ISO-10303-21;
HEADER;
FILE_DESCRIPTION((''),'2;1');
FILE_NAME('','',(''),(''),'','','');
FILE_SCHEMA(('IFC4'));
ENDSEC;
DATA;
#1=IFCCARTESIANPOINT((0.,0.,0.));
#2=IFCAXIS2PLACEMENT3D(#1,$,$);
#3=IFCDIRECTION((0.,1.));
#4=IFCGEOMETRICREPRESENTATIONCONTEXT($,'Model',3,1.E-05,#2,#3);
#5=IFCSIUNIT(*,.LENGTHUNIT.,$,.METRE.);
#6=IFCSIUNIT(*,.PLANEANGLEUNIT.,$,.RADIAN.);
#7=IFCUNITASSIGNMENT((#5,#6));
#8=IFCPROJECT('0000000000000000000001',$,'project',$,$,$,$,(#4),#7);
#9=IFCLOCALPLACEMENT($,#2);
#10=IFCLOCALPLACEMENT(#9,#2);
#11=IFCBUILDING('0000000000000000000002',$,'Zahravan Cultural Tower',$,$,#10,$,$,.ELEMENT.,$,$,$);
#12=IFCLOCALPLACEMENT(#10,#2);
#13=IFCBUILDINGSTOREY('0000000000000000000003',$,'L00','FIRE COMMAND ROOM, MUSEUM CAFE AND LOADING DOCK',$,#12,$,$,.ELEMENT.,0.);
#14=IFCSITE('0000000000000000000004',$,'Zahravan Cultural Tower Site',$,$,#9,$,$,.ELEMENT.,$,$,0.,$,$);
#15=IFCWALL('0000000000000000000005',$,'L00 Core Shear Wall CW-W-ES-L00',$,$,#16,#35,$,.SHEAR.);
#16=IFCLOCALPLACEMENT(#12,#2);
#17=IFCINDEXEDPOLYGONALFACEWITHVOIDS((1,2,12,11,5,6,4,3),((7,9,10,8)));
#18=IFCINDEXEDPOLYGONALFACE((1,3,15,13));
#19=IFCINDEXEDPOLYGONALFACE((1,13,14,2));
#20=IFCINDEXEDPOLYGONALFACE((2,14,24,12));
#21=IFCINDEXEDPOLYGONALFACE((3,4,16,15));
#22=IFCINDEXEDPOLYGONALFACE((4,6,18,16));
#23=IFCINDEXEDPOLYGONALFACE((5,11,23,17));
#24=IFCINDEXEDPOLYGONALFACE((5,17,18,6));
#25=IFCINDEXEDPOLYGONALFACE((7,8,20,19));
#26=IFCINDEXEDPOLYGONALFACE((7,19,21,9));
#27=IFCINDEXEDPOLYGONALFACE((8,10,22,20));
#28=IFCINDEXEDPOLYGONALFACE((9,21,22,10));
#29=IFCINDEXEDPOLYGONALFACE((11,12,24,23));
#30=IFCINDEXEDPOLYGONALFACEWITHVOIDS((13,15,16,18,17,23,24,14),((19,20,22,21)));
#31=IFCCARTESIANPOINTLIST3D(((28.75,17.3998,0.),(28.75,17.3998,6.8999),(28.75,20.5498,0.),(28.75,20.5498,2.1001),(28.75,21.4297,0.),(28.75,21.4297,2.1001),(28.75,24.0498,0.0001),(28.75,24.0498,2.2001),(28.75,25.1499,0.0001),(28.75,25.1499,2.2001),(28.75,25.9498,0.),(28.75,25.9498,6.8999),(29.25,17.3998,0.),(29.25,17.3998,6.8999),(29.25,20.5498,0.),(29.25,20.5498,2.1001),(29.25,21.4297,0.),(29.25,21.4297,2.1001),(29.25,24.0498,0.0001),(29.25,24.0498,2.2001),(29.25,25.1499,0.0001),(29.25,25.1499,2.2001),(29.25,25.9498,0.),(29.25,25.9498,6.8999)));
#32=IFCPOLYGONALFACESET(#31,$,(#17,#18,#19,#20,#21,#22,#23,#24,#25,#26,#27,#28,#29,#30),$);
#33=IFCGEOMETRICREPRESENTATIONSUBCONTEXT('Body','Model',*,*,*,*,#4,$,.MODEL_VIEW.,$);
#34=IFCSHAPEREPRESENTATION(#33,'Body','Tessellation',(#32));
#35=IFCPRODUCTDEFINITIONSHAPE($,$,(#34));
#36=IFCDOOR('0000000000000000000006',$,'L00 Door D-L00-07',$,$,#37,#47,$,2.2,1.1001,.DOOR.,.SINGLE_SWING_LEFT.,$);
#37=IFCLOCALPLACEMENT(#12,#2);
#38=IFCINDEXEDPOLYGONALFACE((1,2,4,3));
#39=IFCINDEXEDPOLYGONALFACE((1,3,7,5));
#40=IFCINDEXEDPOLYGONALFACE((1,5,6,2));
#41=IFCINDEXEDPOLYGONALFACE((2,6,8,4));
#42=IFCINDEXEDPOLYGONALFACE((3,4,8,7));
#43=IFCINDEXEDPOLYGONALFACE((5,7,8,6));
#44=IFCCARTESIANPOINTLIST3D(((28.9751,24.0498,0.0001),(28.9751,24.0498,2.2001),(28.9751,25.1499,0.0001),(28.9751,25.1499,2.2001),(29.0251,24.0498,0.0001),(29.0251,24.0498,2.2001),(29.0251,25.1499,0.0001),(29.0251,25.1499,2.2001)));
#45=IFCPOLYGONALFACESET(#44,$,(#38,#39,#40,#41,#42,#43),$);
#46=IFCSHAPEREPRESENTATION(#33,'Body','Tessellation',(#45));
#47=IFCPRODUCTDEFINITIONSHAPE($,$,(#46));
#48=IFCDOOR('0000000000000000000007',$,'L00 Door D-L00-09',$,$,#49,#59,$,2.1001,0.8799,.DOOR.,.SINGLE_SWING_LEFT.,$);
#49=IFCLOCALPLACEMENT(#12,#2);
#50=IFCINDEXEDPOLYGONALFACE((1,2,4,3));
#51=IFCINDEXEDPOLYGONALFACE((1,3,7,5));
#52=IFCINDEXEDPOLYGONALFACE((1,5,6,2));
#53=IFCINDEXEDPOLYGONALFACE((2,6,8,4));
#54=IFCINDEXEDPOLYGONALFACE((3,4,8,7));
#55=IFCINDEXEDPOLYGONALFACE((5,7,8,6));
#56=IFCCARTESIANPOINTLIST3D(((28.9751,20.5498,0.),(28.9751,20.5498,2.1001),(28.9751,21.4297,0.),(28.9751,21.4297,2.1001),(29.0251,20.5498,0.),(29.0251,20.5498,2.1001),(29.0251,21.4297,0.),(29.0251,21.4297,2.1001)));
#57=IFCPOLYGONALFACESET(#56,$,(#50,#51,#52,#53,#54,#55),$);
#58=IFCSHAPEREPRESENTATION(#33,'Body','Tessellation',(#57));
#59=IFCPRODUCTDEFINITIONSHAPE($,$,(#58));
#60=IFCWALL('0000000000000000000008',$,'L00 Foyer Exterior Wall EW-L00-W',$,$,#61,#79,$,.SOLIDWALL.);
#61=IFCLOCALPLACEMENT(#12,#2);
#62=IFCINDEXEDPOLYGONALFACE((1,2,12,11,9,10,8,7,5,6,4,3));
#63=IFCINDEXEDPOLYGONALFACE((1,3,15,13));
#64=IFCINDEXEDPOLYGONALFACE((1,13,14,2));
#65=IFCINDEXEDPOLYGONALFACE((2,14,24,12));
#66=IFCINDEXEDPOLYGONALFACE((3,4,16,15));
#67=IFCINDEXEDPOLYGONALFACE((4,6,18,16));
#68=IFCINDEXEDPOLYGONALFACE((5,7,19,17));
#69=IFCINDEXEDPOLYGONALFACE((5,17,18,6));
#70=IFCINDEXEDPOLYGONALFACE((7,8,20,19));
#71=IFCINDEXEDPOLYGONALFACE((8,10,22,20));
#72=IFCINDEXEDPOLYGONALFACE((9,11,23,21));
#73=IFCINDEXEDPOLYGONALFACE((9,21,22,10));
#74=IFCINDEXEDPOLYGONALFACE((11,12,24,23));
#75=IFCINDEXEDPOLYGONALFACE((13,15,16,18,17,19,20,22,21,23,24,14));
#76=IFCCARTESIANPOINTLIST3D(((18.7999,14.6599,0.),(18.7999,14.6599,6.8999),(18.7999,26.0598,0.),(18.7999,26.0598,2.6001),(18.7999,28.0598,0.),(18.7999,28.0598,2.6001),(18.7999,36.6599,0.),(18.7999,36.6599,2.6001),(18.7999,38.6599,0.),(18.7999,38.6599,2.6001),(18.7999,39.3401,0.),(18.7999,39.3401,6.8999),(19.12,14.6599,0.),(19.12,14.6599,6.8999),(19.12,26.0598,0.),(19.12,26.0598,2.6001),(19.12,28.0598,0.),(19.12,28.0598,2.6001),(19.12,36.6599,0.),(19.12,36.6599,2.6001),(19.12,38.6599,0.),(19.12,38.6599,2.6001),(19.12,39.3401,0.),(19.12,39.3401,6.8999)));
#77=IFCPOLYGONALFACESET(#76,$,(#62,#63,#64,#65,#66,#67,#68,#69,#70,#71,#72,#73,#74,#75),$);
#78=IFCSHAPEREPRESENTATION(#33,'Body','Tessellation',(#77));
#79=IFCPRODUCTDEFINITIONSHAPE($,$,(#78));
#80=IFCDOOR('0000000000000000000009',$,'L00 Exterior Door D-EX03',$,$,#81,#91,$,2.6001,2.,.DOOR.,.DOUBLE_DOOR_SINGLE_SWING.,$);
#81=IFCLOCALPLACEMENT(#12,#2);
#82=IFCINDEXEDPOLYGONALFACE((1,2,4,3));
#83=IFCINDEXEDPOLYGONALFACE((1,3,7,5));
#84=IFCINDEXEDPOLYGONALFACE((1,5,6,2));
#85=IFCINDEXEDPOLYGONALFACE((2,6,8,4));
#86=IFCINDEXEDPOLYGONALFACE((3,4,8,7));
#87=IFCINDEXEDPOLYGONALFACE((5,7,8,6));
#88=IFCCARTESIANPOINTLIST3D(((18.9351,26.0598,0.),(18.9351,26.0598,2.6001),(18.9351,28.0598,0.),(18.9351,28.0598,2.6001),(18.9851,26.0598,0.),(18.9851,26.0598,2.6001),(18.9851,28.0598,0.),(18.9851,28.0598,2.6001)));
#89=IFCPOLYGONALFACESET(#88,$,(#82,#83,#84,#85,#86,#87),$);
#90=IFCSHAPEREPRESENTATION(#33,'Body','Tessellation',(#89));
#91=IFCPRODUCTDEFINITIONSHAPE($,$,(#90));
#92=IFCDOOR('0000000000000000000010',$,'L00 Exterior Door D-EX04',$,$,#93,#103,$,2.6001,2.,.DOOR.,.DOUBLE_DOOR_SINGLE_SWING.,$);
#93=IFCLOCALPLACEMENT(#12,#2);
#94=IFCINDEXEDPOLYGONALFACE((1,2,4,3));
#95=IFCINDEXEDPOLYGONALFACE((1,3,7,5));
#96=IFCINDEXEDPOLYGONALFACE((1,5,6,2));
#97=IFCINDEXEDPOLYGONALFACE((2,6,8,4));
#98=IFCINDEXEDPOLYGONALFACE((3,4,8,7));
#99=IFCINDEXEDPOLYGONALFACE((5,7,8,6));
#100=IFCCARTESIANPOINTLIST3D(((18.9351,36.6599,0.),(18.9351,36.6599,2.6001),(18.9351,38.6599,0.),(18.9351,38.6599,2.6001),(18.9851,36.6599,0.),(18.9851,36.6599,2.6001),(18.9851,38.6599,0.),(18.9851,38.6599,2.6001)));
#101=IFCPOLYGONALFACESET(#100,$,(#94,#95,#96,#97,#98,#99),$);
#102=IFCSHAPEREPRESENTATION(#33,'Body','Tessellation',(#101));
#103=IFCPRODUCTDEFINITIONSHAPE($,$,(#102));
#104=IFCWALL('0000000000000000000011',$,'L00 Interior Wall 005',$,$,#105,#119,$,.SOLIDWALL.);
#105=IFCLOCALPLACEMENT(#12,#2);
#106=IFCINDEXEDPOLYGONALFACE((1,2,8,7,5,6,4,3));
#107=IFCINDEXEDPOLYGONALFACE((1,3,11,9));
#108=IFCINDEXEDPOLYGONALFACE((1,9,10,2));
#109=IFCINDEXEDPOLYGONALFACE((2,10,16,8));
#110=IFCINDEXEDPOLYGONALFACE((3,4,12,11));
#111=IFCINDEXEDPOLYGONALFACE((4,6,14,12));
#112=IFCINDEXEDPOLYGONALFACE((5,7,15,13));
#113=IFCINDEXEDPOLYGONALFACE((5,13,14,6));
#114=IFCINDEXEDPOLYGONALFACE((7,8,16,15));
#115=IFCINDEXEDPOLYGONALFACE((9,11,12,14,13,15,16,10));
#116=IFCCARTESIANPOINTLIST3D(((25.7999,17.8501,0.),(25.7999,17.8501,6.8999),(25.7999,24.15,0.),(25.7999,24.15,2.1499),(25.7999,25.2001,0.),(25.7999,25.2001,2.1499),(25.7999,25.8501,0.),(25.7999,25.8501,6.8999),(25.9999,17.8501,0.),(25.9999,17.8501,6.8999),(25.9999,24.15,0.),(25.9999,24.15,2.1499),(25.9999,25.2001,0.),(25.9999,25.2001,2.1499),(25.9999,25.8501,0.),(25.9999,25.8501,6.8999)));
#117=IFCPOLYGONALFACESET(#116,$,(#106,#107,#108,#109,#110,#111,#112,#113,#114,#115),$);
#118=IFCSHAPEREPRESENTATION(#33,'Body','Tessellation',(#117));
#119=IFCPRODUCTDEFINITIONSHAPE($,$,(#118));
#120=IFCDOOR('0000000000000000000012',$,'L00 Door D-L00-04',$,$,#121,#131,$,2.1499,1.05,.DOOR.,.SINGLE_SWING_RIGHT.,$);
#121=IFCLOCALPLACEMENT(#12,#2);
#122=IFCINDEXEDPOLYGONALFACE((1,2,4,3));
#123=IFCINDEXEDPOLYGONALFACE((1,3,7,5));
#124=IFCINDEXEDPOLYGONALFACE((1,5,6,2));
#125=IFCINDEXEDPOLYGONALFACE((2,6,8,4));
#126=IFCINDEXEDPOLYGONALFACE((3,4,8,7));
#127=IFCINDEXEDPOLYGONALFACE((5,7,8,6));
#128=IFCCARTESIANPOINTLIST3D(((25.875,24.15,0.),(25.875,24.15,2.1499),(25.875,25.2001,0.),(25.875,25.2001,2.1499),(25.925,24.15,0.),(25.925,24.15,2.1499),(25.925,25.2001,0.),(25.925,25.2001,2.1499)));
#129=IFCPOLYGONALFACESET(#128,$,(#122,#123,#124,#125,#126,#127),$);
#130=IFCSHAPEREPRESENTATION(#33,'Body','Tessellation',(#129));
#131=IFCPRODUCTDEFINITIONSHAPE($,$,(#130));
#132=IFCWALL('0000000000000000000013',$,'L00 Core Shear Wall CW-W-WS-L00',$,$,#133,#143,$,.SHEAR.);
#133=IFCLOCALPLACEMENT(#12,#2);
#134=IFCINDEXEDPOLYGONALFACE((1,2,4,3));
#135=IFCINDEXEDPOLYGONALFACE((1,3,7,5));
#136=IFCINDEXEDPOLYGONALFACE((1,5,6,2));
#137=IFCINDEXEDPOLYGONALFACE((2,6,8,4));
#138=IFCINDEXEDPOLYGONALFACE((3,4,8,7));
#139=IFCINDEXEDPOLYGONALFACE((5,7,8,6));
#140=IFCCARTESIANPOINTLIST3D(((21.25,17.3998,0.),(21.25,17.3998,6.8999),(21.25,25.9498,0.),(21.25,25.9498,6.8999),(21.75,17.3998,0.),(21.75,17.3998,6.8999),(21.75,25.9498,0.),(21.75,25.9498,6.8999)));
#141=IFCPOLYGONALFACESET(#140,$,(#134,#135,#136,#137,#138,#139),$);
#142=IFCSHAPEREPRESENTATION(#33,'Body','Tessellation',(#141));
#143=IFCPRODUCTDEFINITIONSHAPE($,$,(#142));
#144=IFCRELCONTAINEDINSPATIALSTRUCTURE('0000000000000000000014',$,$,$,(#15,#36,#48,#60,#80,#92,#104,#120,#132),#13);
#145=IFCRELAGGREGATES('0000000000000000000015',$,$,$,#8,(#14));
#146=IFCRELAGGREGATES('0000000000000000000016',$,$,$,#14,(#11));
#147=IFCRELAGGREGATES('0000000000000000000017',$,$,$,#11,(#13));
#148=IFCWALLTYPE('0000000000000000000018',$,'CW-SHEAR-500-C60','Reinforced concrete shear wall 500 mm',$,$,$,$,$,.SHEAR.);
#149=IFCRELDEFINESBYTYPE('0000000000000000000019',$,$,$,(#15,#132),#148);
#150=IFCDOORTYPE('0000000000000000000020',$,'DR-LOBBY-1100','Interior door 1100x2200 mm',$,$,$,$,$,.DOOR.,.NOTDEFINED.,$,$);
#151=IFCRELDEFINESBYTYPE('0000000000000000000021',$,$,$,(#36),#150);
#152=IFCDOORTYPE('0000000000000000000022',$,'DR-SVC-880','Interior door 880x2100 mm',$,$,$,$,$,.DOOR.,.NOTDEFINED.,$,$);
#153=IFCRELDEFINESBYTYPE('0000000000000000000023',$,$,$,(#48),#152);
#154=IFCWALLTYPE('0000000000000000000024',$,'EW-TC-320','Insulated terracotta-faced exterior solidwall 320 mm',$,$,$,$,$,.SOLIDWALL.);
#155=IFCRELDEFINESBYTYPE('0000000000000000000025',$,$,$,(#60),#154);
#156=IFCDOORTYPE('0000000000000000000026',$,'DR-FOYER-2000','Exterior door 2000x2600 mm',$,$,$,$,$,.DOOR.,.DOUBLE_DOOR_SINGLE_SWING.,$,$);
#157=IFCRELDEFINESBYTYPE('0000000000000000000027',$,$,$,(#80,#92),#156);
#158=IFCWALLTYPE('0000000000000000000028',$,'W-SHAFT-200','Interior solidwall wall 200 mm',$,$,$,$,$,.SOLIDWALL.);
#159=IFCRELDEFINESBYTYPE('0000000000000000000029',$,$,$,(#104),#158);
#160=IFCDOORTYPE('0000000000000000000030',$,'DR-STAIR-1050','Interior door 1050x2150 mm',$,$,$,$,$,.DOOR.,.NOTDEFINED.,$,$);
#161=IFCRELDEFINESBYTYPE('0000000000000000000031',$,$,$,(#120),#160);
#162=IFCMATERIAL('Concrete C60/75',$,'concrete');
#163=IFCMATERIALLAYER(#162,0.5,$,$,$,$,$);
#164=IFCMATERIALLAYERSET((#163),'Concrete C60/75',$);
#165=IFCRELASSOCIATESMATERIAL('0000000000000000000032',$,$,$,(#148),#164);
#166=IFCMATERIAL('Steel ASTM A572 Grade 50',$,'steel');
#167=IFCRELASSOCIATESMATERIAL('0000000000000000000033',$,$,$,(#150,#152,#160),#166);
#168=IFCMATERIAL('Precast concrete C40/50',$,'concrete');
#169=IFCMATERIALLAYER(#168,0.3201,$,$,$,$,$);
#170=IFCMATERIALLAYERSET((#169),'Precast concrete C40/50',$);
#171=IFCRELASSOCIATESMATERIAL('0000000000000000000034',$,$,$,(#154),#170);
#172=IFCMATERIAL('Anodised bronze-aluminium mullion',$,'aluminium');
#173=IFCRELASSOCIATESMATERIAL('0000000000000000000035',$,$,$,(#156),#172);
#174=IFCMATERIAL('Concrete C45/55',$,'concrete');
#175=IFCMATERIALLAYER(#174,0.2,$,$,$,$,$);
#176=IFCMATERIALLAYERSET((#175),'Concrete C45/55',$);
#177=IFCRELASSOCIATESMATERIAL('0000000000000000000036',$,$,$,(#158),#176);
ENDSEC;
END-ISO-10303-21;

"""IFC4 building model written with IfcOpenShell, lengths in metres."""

from ifc_helpers import new_model, si_unit, direction, frame, frame_2d, origin, place, context, subcontext, project, spatial, rectangle, extrude, source, transform, mapped, material, layer, layer_set, type_object, element, fill, save


model = new_model("IFC4")

# Units and contexts
model_context = context("Model", 3, precision=1e-05, world=origin(), true_north=direction((0.0, 1.0)))
body_context = subcontext(model_context, "Body", "Model", "MODEL_VIEW")
ifc_project = project(units=[si_unit("LENGTHUNIT", "METRE"), si_unit("PLANEANGLEUNIT", "RADIAN")], contexts=[model_context])

# Site, building, storey
site_placement = place(None, origin())
site = spatial("IfcSite", under=ifc_project, at=site_placement, Name="Zahravan Cultural Tower Site", CompositionType="ELEMENT", RefElevation=0.0)
building_placement = place(site_placement, origin())
building = spatial("IfcBuilding", under=site, at=building_placement, Name="Zahravan Cultural Tower", CompositionType="ELEMENT")
storey_placement = place(building_placement, origin())
storey = spatial("IfcBuildingStorey", under=building, at=storey_placement, Name="L00", Description="FIRE COMMAND ROOM, MUSEUM CAFE AND LOADING DOCK", CompositionType="ELEMENT", Elevation=0.0)

# Shared definitions
ifc_material_1 = material(Name="Concrete C60/75", Category="concrete")
ifc_material_2 = material(Name="Steel ASTM A572 Grade 50", Category="steel")

# Walls, openings, doors
ifc_layer_1 = layer(ifc_material_1, 0.5)
ifc_layer_set_1 = layer_set([ifc_layer_1], Name="Concrete C60/75")
wall_type_1 = type_object("IfcWallType", Name="CW-SHEAR-500-C60", Description="Reinforced concrete shear wall 500 mm", PredefinedType="SHEAR", material=ifc_layer_set_1)
wall_1_placement = place(storey_placement, frame((29.0, 17.3999, 0.0), z_axis=(0.0, 0.0, 1.0), x_axis=(0.0, 1.0, 0.0)))
wall_1 = element("IfcWall", 1, at=wall_1_placement, inside=storey, type_object=wall_type_1, Name="L00 Core Shear Wall CW-W-ES-L00", PredefinedType="SHEAR", context=body_context, shape_type="SweptSolid", body=[
    extrude(rectangle(XDim=8.55, YDim=0.5, at=frame_2d((4.2749, 0.0))), origin(), (0.0, 0.0, 1.0), 6.8999),
])
opening_1_placement = place(wall_1_placement, frame((6.6499, 0.0, 0.0)))
opening_1 = element("IfcOpeningElement", 2, at=opening_1_placement, cuts=wall_1, PredefinedType="OPENING", context=body_context, shape_type="SweptSolid", body=[
    extrude(rectangle(XDim=1.1001, YDim=2.2, at=frame_2d((0.55, 1.1001))), frame((0.0, 0.26, 0.0), z_axis=(0.0, -1.0, 0.0), x_axis=(1.0, 0.0, 0.0)), (0.0, 0.0, 1.0), 0.52),
])
opening_2_placement = place(wall_1_placement, frame((3.1499, 0.0, 0.0)))
opening_2 = element("IfcOpeningElement", 3, at=opening_2_placement, cuts=wall_1, PredefinedType="OPENING", context=body_context, shape_type="SweptSolid", body=[
    extrude(rectangle(XDim=0.8799, YDim=2.1001, at=frame_2d((0.4399, 1.05))), frame((0.0, 0.26, 0.0), z_axis=(0.0, -1.0, 0.0), x_axis=(1.0, 0.0, 0.0)), (0.0, 0.0, 1.0), 0.52),
])
door_type_1 = type_object("IfcDoorType", Name="DR-LOBBY-1100", Description="Interior door 1100x2200 mm", OperationType="NOTDEFINED", PredefinedType="DOOR", material=ifc_material_2)
shared_shape_1 = source(origin(), body_context, "Body", "SweptSolid", [
    extrude(rectangle(XDim=1.1001, YDim=2.2, at=frame_2d((0.55, 1.1001))), frame((0.0, 0.0249, 0.0), z_axis=(0.0, -1.0, 0.0), x_axis=(1.0, 0.0, 0.0)), (0.0, 0.0, 1.0), 0.05),
])
door_1_placement = place(opening_1_placement, origin())
door_1 = element("IfcDoor", 4, at=door_1_placement, inside=storey, type_object=door_type_1, Name="L00 Door D-L00-07", OperationType="SINGLE_SWING_LEFT", OverallHeight=2.2, OverallWidth=1.1001, PredefinedType="DOOR", context=body_context, shape_type="MappedRepresentation", body=[
    mapped(shared_shape_1, transform((0.0, 0.0, 0.0), x_axis=(1.0, 0.0, 0.0), y_axis=(0.0, 1.0, 0.0), z_axis=(0.0, 0.0, 1.0), scale=1.0)),
])
fill(opening_1, door_1)
door_type_2 = type_object("IfcDoorType", Name="DR-SVC-880", Description="Interior door 880x2100 mm", OperationType="NOTDEFINED", PredefinedType="DOOR", material=ifc_material_2)
shared_shape_2 = source(origin(), body_context, "Body", "SweptSolid", [
    extrude(rectangle(XDim=0.8799, YDim=2.1001, at=frame_2d((0.4399, 1.05))), frame((0.0, 0.0249, 0.0), z_axis=(0.0, -1.0, 0.0), x_axis=(1.0, 0.0, 0.0)), (0.0, 0.0, 1.0), 0.05),
])
door_2_placement = place(opening_2_placement, origin())
door_2 = element("IfcDoor", 5, at=door_2_placement, inside=storey, type_object=door_type_2, Name="L00 Door D-L00-09", OperationType="SINGLE_SWING_LEFT", OverallHeight=2.1001, OverallWidth=0.8799, PredefinedType="DOOR", context=body_context, shape_type="MappedRepresentation", body=[
    mapped(shared_shape_2, transform((0.0, 0.0, 0.0), x_axis=(1.0, 0.0, 0.0), y_axis=(0.0, 1.0, 0.0), z_axis=(0.0, 0.0, 1.0), scale=1.0)),
])
fill(opening_2, door_2)
ifc_material_3 = material(Name="Precast concrete C40/50", Category="concrete")
ifc_layer_2 = layer(ifc_material_3, 0.3201)
ifc_layer_set_2 = layer_set([ifc_layer_2], Name="Precast concrete C40/50")
wall_type_2 = type_object("IfcWallType", Name="EW-TC-320", Description="Insulated terracotta-faced exterior solidwall 320 mm", PredefinedType="SOLIDWALL", material=ifc_layer_set_2)
wall_2_placement = place(storey_placement, frame((18.96, 14.6599, 0.0), z_axis=(0.0, 0.0, 1.0), x_axis=(0.0, 1.0, 0.0)))
wall_2 = element("IfcWall", 6, at=wall_2_placement, inside=storey, type_object=wall_type_2, Name="L00 Foyer Exterior Wall EW-L00-W", PredefinedType="SOLIDWALL", context=body_context, shape_type="SweptSolid", body=[
    extrude(rectangle(XDim=24.6802, YDim=0.3201, at=frame_2d((12.3401, 0.0))), origin(), (0.0, 0.0, 1.0), 6.8999),
])
opening_3_placement = place(wall_2_placement, frame((11.3999, 0.0, 0.0)))
opening_3 = element("IfcOpeningElement", 7, at=opening_3_placement, cuts=wall_2, PredefinedType="OPENING", context=body_context, shape_type="SweptSolid", body=[
    extrude(rectangle(XDim=2.0, YDim=2.6001, at=frame_2d((1.0, 1.3))), frame((0.0, 0.1699, 0.0), z_axis=(0.0, -1.0, 0.0), x_axis=(1.0, 0.0, 0.0)), (0.0, 0.0, 1.0), 0.3401),
])
opening_4_placement = place(wall_2_placement, frame((22.0, 0.0, 0.0)))
opening_4 = element("IfcOpeningElement", 8, at=opening_4_placement, cuts=wall_2, PredefinedType="OPENING", context=body_context, shape_type="SweptSolid", body=[
    extrude(rectangle(XDim=2.0, YDim=2.6001, at=frame_2d((1.0, 1.3))), frame((0.0, 0.1699, 0.0), z_axis=(0.0, -1.0, 0.0), x_axis=(1.0, 0.0, 0.0)), (0.0, 0.0, 1.0), 0.3401),
])
ifc_material_4 = material(Name="Anodised bronze-aluminium mullion", Category="aluminium")
door_type_3 = type_object("IfcDoorType", Name="DR-FOYER-2000", Description="Exterior door 2000x2600 mm", OperationType="DOUBLE_DOOR_SINGLE_SWING", PredefinedType="DOOR", material=ifc_material_4)
shared_shape_3 = source(origin(), body_context, "Body", "SweptSolid", [
    extrude(rectangle(XDim=2.0, YDim=2.6001, at=frame_2d((1.0, 1.3))), frame((0.0, 0.0249, 0.0), z_axis=(0.0, -1.0, 0.0), x_axis=(1.0, 0.0, 0.0)), (0.0, 0.0, 1.0), 0.05),
])
door_3_placement = place(opening_3_placement, origin())
door_3 = element("IfcDoor", 9, at=door_3_placement, inside=storey, type_object=door_type_3, Name="L00 Exterior Door D-EX03", OperationType="DOUBLE_DOOR_SINGLE_SWING", OverallHeight=2.6001, OverallWidth=2.0, PredefinedType="DOOR", context=body_context, shape_type="MappedRepresentation", body=[
    mapped(shared_shape_3, transform((0.0, 0.0, 0.0), x_axis=(1.0, 0.0, 0.0), y_axis=(0.0, 1.0, 0.0), z_axis=(0.0, 0.0, 1.0), scale=1.0)),
])
fill(opening_3, door_3)
door_4_placement = place(opening_4_placement, origin())
door_4 = element("IfcDoor", 10, at=door_4_placement, inside=storey, type_object=door_type_3, Name="L00 Exterior Door D-EX04", OperationType="DOUBLE_DOOR_SINGLE_SWING", OverallHeight=2.6001, OverallWidth=2.0, PredefinedType="DOOR", context=body_context, shape_type="MappedRepresentation", body=[
    mapped(shared_shape_3, transform((0.0, 0.0, 0.0), x_axis=(1.0, 0.0, 0.0), y_axis=(0.0, 1.0, 0.0), z_axis=(0.0, 0.0, 1.0), scale=1.0)),
])
fill(opening_4, door_4)

# Wall, opening, door
ifc_material_5 = material(Name="Concrete C45/55", Category="concrete")
ifc_layer_3 = layer(ifc_material_5, 0.2)
ifc_layer_set_3 = layer_set([ifc_layer_3], Name="Concrete C45/55")
wall_type_3 = type_object("IfcWallType", Name="W-SHAFT-200", Description="Interior solidwall wall 200 mm", PredefinedType="SOLIDWALL", material=ifc_layer_set_3)
wall_3_placement = place(storey_placement, frame((25.8999, 17.8501, 0.0), z_axis=(0.0, 0.0, 1.0), x_axis=(0.0, 1.0, 0.0)))
wall_3 = element("IfcWall", 11, at=wall_3_placement, inside=storey, type_object=wall_type_3, Name="L00 Interior Wall 005", PredefinedType="SOLIDWALL", context=body_context, shape_type="SweptSolid", body=[
    extrude(rectangle(XDim=8.0, YDim=0.2, at=frame_2d((4.0, 0.0))), origin(), (0.0, 0.0, 1.0), 6.8999),
])
opening_5_placement = place(wall_3_placement, frame((6.3, 0.0, 0.0)))
opening_5 = element("IfcOpeningElement", 12, at=opening_5_placement, cuts=wall_3, PredefinedType="OPENING", context=body_context, shape_type="SweptSolid", body=[
    extrude(rectangle(XDim=1.05, YDim=2.1499, at=frame_2d((0.5249, 1.075))), frame((0.0, 0.1099, 0.0), z_axis=(0.0, -1.0, 0.0), x_axis=(1.0, 0.0, 0.0)), (0.0, 0.0, 1.0), 0.22),
])
door_type_4 = type_object("IfcDoorType", Name="DR-STAIR-1050", Description="Interior door 1050x2150 mm", OperationType="NOTDEFINED", PredefinedType="DOOR", material=ifc_material_2)
shared_shape_4 = source(origin(), body_context, "Body", "SweptSolid", [
    extrude(rectangle(XDim=1.05, YDim=2.1499, at=frame_2d((0.5249, 1.075))), frame((0.0, 0.0249, 0.0), z_axis=(0.0, -1.0, 0.0), x_axis=(1.0, 0.0, 0.0)), (0.0, 0.0, 1.0), 0.05),
])
door_5_placement = place(opening_5_placement, origin())
door_5 = element("IfcDoor", 13, at=door_5_placement, inside=storey, type_object=door_type_4, Name="L00 Door D-L00-04", OperationType="SINGLE_SWING_RIGHT", OverallHeight=2.1499, OverallWidth=1.05, PredefinedType="DOOR", context=body_context, shape_type="MappedRepresentation", body=[
    mapped(shared_shape_4, transform((0.0, 0.0, 0.0), x_axis=(1.0, 0.0, 0.0), y_axis=(0.0, 1.0, 0.0), z_axis=(0.0, 0.0, 1.0), scale=1.0)),
])
fill(opening_5, door_5)

# Wall
shared_shape_5 = source(origin(), body_context, "Body", "SweptSolid", [
    extrude(rectangle(XDim=8.55, YDim=0.5, at=frame_2d((4.2749, 0.0))), origin(), (0.0, 0.0, 1.0), 6.8999),
])
wall_4_placement = place(storey_placement, frame((21.5, 17.3999, 0.0), z_axis=(0.0, 0.0, 1.0), x_axis=(0.0, 1.0, 0.0)))
element("IfcWall", 14, at=wall_4_placement, inside=storey, type_object=wall_type_1, Name="L00 Core Shear Wall CW-W-WS-L00", PredefinedType="SHEAR", context=body_context, shape_type="MappedRepresentation", body=[
    mapped(shared_shape_5, transform((0.0, 0.0, 0.0), x_axis=(1.0, 0.0, 0.0), y_axis=(0.0, 1.0, 0.0), z_axis=(0.0, 0.0, 1.0), scale=1.0)),
])

save(model, "model.ifc")
